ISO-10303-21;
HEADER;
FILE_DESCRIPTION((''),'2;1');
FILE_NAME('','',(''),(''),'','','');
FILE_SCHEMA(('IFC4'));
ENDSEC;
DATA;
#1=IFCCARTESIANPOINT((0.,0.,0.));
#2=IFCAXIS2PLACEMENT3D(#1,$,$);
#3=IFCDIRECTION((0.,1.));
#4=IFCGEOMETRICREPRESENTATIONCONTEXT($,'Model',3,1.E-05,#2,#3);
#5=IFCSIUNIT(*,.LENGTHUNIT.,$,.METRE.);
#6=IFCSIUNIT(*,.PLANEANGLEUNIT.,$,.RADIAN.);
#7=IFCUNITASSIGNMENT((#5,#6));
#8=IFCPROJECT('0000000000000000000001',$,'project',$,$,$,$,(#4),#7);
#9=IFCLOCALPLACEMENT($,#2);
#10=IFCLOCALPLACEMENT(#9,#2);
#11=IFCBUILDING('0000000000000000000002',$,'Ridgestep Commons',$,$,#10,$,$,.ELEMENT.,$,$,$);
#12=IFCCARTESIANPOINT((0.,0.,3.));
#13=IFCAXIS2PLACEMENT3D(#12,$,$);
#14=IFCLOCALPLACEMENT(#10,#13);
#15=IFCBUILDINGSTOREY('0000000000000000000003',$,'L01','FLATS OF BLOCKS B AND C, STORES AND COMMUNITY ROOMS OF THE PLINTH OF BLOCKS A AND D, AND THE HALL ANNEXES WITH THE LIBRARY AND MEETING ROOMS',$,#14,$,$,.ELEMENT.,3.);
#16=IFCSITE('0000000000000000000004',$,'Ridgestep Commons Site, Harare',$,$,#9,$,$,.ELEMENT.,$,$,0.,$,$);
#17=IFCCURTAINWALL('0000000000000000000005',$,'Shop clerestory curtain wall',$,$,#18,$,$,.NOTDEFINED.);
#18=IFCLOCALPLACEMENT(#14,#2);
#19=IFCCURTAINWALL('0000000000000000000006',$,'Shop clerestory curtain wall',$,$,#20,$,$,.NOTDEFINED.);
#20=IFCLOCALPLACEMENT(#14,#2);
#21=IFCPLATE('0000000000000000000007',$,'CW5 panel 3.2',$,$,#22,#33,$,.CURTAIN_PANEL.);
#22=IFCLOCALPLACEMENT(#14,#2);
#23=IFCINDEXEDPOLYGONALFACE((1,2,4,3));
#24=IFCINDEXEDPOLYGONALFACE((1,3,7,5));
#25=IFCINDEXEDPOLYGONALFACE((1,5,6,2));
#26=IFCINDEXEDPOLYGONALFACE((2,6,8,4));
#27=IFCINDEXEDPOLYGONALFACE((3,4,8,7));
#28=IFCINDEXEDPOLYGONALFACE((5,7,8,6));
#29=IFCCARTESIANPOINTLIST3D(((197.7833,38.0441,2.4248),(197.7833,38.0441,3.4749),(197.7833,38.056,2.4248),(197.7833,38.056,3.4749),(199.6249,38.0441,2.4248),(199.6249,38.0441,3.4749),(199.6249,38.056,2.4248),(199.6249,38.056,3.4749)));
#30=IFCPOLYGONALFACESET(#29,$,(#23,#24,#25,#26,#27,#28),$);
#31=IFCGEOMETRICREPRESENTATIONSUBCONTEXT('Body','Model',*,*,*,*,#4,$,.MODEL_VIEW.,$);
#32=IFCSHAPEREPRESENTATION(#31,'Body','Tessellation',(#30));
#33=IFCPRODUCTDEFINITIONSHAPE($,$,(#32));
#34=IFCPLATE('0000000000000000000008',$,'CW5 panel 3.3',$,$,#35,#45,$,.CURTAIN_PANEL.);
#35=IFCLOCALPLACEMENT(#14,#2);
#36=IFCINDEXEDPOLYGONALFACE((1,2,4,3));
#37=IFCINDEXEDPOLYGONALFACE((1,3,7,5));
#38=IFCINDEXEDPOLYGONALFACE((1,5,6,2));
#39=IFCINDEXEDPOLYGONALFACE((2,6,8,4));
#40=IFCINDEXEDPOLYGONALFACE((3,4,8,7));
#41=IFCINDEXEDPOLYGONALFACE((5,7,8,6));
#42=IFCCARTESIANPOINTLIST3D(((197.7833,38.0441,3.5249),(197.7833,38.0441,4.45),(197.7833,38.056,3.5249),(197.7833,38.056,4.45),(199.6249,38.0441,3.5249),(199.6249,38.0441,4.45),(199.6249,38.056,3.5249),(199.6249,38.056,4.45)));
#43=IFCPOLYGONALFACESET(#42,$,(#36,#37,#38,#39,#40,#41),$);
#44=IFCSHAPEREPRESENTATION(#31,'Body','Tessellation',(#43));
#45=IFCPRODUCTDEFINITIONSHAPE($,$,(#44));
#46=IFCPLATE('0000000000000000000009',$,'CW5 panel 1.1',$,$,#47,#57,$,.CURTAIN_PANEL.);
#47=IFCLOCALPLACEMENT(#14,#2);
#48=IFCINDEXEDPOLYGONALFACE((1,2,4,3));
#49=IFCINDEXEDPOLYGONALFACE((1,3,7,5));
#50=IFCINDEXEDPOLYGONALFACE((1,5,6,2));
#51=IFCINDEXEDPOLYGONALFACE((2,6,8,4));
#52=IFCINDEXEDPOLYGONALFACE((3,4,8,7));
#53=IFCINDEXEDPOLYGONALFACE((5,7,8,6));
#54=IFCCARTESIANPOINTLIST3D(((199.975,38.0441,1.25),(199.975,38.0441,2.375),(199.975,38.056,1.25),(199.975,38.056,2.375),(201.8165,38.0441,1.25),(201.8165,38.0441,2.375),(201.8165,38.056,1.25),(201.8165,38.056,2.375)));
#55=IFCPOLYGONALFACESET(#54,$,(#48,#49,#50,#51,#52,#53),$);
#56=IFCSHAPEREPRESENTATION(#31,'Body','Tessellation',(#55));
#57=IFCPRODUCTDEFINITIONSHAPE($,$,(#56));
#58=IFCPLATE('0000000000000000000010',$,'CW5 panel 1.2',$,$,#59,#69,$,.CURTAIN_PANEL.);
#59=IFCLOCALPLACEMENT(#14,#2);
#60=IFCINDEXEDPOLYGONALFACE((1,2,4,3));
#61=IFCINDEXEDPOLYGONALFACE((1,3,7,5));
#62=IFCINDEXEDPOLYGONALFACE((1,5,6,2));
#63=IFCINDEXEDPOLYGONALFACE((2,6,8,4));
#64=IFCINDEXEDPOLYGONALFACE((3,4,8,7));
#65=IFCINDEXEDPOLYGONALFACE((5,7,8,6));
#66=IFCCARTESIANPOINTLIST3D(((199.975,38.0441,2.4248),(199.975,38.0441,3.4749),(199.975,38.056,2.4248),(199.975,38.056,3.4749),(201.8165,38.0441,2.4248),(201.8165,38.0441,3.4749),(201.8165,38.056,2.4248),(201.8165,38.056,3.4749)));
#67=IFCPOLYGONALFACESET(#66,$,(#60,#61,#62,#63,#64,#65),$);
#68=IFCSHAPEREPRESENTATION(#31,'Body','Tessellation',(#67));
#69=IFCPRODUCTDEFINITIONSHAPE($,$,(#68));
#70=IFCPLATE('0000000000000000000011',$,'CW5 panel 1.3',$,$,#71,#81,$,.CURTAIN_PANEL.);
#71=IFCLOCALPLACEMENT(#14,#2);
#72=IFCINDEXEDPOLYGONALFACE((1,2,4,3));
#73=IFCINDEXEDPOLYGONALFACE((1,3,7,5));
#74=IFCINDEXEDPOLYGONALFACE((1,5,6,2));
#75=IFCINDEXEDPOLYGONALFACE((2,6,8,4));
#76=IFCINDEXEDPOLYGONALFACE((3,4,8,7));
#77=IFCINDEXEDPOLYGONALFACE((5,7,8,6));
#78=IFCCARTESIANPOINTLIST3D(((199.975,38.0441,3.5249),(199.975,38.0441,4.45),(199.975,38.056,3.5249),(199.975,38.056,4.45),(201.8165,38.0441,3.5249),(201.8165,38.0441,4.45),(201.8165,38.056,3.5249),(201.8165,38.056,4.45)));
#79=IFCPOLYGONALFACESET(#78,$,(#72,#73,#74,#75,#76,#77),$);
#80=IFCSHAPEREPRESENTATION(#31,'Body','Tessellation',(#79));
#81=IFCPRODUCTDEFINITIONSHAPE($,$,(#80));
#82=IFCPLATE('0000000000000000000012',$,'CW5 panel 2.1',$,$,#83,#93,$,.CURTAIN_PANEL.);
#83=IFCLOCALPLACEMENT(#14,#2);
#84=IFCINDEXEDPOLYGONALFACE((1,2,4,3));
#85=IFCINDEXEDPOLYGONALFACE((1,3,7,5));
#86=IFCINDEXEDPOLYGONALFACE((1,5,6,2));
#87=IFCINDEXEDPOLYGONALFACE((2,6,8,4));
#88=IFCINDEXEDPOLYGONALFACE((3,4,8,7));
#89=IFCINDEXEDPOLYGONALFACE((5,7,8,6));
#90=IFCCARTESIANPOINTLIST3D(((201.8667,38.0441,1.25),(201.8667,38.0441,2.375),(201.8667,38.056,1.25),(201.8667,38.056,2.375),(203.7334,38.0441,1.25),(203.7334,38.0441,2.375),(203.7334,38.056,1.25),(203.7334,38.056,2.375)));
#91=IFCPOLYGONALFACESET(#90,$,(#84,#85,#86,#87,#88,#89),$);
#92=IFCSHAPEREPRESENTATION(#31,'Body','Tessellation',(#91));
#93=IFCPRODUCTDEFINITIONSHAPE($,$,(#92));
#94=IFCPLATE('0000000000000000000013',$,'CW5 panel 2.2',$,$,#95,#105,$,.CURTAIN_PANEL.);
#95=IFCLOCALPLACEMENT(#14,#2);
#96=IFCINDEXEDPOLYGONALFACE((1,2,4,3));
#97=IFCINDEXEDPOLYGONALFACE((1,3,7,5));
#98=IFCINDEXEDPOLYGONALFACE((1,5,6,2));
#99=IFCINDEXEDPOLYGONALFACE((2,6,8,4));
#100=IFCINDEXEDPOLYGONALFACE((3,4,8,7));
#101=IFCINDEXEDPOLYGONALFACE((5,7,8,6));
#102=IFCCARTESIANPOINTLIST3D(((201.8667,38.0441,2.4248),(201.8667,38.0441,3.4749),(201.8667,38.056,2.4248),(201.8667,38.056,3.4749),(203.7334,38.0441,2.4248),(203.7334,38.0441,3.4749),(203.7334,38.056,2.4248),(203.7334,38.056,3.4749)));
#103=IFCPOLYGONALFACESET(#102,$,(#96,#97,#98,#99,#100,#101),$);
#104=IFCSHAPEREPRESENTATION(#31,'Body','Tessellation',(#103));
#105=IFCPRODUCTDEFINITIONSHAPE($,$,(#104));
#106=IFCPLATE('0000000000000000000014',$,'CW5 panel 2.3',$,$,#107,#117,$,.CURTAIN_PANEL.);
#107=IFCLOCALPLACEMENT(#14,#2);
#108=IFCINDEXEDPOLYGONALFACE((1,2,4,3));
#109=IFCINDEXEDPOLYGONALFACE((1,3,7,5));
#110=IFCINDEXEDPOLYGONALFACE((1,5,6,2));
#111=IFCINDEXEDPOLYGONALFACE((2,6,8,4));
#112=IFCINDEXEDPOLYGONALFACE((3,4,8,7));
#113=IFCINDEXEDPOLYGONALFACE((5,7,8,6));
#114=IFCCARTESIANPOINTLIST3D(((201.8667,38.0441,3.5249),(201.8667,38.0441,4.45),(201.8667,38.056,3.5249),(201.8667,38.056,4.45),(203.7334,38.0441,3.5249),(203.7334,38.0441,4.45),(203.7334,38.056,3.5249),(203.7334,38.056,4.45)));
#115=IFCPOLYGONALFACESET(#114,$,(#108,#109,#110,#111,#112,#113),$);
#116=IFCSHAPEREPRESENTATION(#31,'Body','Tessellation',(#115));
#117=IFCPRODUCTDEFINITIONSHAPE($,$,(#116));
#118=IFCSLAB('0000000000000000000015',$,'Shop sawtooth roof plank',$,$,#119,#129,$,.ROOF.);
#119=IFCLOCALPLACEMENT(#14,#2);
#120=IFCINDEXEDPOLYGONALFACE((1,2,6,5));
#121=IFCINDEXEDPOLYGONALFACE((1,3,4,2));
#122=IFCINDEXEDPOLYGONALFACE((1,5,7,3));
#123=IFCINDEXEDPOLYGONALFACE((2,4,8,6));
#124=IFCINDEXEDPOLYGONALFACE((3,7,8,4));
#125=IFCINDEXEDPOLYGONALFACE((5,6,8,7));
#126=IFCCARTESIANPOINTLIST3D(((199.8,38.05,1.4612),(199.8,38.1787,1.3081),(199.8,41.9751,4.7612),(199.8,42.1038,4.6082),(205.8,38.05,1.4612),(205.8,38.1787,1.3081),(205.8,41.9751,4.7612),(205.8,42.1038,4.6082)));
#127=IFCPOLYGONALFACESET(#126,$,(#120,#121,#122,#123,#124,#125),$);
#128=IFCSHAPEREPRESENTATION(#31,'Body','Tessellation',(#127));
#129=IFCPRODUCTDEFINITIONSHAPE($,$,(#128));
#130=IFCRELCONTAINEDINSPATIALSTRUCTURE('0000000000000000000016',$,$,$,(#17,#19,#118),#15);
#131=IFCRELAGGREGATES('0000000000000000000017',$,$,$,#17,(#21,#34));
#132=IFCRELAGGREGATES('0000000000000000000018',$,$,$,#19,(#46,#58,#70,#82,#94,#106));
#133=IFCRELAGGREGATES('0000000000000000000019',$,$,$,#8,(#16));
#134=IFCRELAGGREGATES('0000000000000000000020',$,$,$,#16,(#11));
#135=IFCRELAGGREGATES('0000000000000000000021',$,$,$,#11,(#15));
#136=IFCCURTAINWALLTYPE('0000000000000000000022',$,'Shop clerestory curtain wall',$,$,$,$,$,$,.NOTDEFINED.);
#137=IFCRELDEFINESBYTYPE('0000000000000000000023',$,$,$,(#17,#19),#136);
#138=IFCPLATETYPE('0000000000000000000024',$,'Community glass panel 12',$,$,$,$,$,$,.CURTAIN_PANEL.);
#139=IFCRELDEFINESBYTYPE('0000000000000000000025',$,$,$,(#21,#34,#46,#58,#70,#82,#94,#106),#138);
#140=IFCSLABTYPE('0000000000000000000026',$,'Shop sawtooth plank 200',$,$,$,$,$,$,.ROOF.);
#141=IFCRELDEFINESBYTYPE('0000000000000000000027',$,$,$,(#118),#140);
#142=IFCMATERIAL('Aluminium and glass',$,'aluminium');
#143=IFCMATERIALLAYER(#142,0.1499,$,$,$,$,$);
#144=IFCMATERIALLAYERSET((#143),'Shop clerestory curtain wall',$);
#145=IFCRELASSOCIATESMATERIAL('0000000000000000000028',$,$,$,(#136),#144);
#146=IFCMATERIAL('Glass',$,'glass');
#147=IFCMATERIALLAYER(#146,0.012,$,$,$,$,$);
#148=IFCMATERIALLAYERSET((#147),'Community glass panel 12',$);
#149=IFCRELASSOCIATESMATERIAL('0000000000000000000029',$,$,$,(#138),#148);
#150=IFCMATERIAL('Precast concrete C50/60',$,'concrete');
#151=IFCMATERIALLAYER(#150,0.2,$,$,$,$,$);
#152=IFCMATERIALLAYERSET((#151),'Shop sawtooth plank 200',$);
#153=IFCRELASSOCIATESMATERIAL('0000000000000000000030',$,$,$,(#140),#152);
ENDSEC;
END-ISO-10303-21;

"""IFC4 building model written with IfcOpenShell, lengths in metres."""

from ifc_helpers import new_model, si_unit, direction, frame, origin, origin_2d, place, context, subcontext, project, spatial, polyline, rectangle, outline, extrude, material, layer, layer_set, type_object, element, aggregate, save


model = new_model("IFC4")

# Units and contexts
model_context = context("Model", 3, precision=1e-05, world=origin(), true_north=direction((0.0, 1.0)))
body_context = subcontext(model_context, "Body", "Model", "MODEL_VIEW")
ifc_project = project(units=[si_unit("LENGTHUNIT", "METRE"), si_unit("PLANEANGLEUNIT", "RADIAN")], contexts=[model_context])

# Site, building, storey
site_placement = place(None, origin())
site = spatial("IfcSite", under=ifc_project, at=site_placement, Name="Ridgestep Commons Site, Harare", CompositionType="ELEMENT", RefElevation=0.0)
building_placement = place(site_placement, origin())
building = spatial("IfcBuilding", under=site, at=building_placement, Name="Ridgestep Commons", CompositionType="ELEMENT")
storey_placement = place(building_placement, frame((0.0, 0.0, 3.0)))
storey = spatial("IfcBuildingStorey", under=building, at=storey_placement, Name="L01", Description="FLATS OF BLOCKS B AND C, STORES AND COMMUNITY ROOMS OF THE PLINTH OF BLOCKS A AND D, AND THE HALL ANNEXES WITH THE LIBRARY AND MEETING ROOMS", CompositionType="ELEMENT", Elevation=3.0)

# Curtain wall
ifc_material_1 = material(Name="Aluminium and glass", Category="aluminium")
ifc_layer_1 = layer(ifc_material_1, 0.1499)
ifc_layer_set_1 = layer_set([ifc_layer_1], Name="Shop clerestory curtain wall")
curtain_wall_type = type_object("IfcCurtainWallType", Name="Shop clerestory curtain wall", PredefinedType="NOTDEFINED", material=ifc_layer_set_1)
curtain_wall_1_placement = place(storey_placement, origin())
curtain_wall_1 = element("IfcCurtainWall", 1, at=curtain_wall_1_placement, inside=storey, type_object=curtain_wall_type, Name="Shop clerestory curtain wall", PredefinedType="NOTDEFINED")

# Curtain wall
curtain_wall_2_placement = place(storey_placement, origin())
curtain_wall_2 = element("IfcCurtainWall", 2, at=curtain_wall_2_placement, inside=storey, type_object=curtain_wall_type, Name="Shop clerestory curtain wall", PredefinedType="NOTDEFINED")

# Plates
ifc_material_2 = material(Name="Glass", Category="glass")
ifc_layer_2 = layer(ifc_material_2, 0.012)
ifc_layer_set_2 = layer_set([ifc_layer_2], Name="Community glass panel 12")
plate_type = type_object("IfcPlateType", Name="Community glass panel 12", PredefinedType="CURTAIN_PANEL", material=ifc_layer_set_2)
plate_1_placement = place(storey_placement, frame((198.7041, 38.05, 2.4248), z_axis=(0.0, 0.0, 1.0), x_axis=(1.0, 0.0, 0.0)))
plate_1 = element("IfcPlate", 3, at=plate_1_placement, type_object=plate_type, Name="CW5 panel 3.2", PredefinedType="CURTAIN_PANEL", context=body_context, shape_type="SweptSolid", body=[
    extrude(rectangle(XDim=1.8416, YDim=0.012, at=origin_2d()), origin(), (0.0, 0.0, 1.0), 1.05),
])
plate_2_placement = place(storey_placement, frame((198.7041, 38.05, 3.5249), z_axis=(0.0, 0.0, 1.0), x_axis=(1.0, 0.0, 0.0)))
plate_2 = element("IfcPlate", 4, at=plate_2_placement, type_object=plate_type, Name="CW5 panel 3.3", PredefinedType="CURTAIN_PANEL", context=body_context, shape_type="SweptSolid", body=[
    extrude(rectangle(XDim=1.8416, YDim=0.012, at=origin_2d()), origin(), (0.0, 0.0, 1.0), 0.925),
])
aggregate(curtain_wall_1, [plate_1, plate_2])
plate_3_placement = place(storey_placement, frame((200.8958, 38.05, 1.25), z_axis=(0.0, 0.0, 1.0), x_axis=(1.0, 0.0, 0.0)))
plate_3 = element("IfcPlate", 5, at=plate_3_placement, type_object=plate_type, Name="CW5 panel 1.1", PredefinedType="CURTAIN_PANEL", context=body_context, shape_type="SweptSolid", body=[
    extrude(rectangle(XDim=1.8416, YDim=0.012, at=origin_2d()), origin(), (0.0, 0.0, 1.0), 1.125),
])
plate_4_placement = place(storey_placement, frame((200.8958, 38.05, 2.4248), z_axis=(0.0, 0.0, 1.0), x_axis=(1.0, 0.0, 0.0)))
plate_4 = element("IfcPlate", 6, at=plate_4_placement, type_object=plate_type, Name="CW5 panel 1.2", PredefinedType="CURTAIN_PANEL", context=body_context, shape_type="SweptSolid", body=[
    extrude(rectangle(XDim=1.8416, YDim=0.012, at=origin_2d()), origin(), (0.0, 0.0, 1.0), 1.05),
])
plate_5_placement = place(storey_placement, frame((200.8958, 38.05, 3.5249), z_axis=(0.0, 0.0, 1.0), x_axis=(1.0, 0.0, 0.0)))
plate_5 = element("IfcPlate", 7, at=plate_5_placement, type_object=plate_type, Name="CW5 panel 1.3", PredefinedType="CURTAIN_PANEL", context=body_context, shape_type="SweptSolid", body=[
    extrude(rectangle(XDim=1.8416, YDim=0.012, at=origin_2d()), origin(), (0.0, 0.0, 1.0), 0.925),
])
plate_6_placement = place(storey_placement, frame((202.8, 38.05, 1.25), z_axis=(0.0, 0.0, 1.0), x_axis=(1.0, 0.0, 0.0)))
plate_6 = element("IfcPlate", 8, at=plate_6_placement, type_object=plate_type, Name="CW5 panel 2.1", PredefinedType="CURTAIN_PANEL", context=body_context, shape_type="SweptSolid", body=[
    extrude(rectangle(XDim=1.8667, YDim=0.012, at=origin_2d()), origin(), (0.0, 0.0, 1.0), 1.125),
])
plate_7_placement = place(storey_placement, frame((202.8, 38.05, 2.4248), z_axis=(0.0, 0.0, 1.0), x_axis=(1.0, 0.0, 0.0)))
plate_7 = element("IfcPlate", 9, at=plate_7_placement, type_object=plate_type, Name="CW5 panel 2.2", PredefinedType="CURTAIN_PANEL", context=body_context, shape_type="SweptSolid", body=[
    extrude(rectangle(XDim=1.8667, YDim=0.012, at=origin_2d()), origin(), (0.0, 0.0, 1.0), 1.05),
])
plate_8_placement = place(storey_placement, frame((202.8, 38.05, 3.5249), z_axis=(0.0, 0.0, 1.0), x_axis=(1.0, 0.0, 0.0)))
plate_8 = element("IfcPlate", 10, at=plate_8_placement, type_object=plate_type, Name="CW5 panel 2.3", PredefinedType="CURTAIN_PANEL", context=body_context, shape_type="SweptSolid", body=[
    extrude(rectangle(XDim=1.8667, YDim=0.012, at=origin_2d()), origin(), (0.0, 0.0, 1.0), 0.925),
])
aggregate(curtain_wall_2, [plate_3, plate_4, plate_5, plate_6, plate_7, plate_8])

# Slab
ifc_material_3 = material(Name="Precast concrete C50/60", Category="concrete")
ifc_layer_3 = layer(ifc_material_3, 0.2)
ifc_layer_set_3 = layer_set([ifc_layer_3], Name="Shop sawtooth plank 200")
slab_type = type_object("IfcSlabType", Name="Shop sawtooth plank 200", PredefinedType="ROOF", material=ifc_layer_set_3)
slab_placement = place(storey_placement, frame((199.8, 38.05, 1.4612), z_axis=(0.0, -0.643536, 0.765416), x_axis=(1.0, 0.0, 0.0)))
element("IfcSlab", 11, at=slab_placement, inside=storey, type_object=slab_type, Name="Shop sawtooth roof plank", PredefinedType="ROOF", context=body_context, shape_type="SweptSolid", body=[
    extrude(outline(polyline([(0.0, 0.0), (6.0, 0.0), (6.0, 5.128), (0.0, 5.128), (0.0, 0.0)])), origin(), (0.0, 0.0, -1.0), 0.2),
])

save(model, "model.ifc")
